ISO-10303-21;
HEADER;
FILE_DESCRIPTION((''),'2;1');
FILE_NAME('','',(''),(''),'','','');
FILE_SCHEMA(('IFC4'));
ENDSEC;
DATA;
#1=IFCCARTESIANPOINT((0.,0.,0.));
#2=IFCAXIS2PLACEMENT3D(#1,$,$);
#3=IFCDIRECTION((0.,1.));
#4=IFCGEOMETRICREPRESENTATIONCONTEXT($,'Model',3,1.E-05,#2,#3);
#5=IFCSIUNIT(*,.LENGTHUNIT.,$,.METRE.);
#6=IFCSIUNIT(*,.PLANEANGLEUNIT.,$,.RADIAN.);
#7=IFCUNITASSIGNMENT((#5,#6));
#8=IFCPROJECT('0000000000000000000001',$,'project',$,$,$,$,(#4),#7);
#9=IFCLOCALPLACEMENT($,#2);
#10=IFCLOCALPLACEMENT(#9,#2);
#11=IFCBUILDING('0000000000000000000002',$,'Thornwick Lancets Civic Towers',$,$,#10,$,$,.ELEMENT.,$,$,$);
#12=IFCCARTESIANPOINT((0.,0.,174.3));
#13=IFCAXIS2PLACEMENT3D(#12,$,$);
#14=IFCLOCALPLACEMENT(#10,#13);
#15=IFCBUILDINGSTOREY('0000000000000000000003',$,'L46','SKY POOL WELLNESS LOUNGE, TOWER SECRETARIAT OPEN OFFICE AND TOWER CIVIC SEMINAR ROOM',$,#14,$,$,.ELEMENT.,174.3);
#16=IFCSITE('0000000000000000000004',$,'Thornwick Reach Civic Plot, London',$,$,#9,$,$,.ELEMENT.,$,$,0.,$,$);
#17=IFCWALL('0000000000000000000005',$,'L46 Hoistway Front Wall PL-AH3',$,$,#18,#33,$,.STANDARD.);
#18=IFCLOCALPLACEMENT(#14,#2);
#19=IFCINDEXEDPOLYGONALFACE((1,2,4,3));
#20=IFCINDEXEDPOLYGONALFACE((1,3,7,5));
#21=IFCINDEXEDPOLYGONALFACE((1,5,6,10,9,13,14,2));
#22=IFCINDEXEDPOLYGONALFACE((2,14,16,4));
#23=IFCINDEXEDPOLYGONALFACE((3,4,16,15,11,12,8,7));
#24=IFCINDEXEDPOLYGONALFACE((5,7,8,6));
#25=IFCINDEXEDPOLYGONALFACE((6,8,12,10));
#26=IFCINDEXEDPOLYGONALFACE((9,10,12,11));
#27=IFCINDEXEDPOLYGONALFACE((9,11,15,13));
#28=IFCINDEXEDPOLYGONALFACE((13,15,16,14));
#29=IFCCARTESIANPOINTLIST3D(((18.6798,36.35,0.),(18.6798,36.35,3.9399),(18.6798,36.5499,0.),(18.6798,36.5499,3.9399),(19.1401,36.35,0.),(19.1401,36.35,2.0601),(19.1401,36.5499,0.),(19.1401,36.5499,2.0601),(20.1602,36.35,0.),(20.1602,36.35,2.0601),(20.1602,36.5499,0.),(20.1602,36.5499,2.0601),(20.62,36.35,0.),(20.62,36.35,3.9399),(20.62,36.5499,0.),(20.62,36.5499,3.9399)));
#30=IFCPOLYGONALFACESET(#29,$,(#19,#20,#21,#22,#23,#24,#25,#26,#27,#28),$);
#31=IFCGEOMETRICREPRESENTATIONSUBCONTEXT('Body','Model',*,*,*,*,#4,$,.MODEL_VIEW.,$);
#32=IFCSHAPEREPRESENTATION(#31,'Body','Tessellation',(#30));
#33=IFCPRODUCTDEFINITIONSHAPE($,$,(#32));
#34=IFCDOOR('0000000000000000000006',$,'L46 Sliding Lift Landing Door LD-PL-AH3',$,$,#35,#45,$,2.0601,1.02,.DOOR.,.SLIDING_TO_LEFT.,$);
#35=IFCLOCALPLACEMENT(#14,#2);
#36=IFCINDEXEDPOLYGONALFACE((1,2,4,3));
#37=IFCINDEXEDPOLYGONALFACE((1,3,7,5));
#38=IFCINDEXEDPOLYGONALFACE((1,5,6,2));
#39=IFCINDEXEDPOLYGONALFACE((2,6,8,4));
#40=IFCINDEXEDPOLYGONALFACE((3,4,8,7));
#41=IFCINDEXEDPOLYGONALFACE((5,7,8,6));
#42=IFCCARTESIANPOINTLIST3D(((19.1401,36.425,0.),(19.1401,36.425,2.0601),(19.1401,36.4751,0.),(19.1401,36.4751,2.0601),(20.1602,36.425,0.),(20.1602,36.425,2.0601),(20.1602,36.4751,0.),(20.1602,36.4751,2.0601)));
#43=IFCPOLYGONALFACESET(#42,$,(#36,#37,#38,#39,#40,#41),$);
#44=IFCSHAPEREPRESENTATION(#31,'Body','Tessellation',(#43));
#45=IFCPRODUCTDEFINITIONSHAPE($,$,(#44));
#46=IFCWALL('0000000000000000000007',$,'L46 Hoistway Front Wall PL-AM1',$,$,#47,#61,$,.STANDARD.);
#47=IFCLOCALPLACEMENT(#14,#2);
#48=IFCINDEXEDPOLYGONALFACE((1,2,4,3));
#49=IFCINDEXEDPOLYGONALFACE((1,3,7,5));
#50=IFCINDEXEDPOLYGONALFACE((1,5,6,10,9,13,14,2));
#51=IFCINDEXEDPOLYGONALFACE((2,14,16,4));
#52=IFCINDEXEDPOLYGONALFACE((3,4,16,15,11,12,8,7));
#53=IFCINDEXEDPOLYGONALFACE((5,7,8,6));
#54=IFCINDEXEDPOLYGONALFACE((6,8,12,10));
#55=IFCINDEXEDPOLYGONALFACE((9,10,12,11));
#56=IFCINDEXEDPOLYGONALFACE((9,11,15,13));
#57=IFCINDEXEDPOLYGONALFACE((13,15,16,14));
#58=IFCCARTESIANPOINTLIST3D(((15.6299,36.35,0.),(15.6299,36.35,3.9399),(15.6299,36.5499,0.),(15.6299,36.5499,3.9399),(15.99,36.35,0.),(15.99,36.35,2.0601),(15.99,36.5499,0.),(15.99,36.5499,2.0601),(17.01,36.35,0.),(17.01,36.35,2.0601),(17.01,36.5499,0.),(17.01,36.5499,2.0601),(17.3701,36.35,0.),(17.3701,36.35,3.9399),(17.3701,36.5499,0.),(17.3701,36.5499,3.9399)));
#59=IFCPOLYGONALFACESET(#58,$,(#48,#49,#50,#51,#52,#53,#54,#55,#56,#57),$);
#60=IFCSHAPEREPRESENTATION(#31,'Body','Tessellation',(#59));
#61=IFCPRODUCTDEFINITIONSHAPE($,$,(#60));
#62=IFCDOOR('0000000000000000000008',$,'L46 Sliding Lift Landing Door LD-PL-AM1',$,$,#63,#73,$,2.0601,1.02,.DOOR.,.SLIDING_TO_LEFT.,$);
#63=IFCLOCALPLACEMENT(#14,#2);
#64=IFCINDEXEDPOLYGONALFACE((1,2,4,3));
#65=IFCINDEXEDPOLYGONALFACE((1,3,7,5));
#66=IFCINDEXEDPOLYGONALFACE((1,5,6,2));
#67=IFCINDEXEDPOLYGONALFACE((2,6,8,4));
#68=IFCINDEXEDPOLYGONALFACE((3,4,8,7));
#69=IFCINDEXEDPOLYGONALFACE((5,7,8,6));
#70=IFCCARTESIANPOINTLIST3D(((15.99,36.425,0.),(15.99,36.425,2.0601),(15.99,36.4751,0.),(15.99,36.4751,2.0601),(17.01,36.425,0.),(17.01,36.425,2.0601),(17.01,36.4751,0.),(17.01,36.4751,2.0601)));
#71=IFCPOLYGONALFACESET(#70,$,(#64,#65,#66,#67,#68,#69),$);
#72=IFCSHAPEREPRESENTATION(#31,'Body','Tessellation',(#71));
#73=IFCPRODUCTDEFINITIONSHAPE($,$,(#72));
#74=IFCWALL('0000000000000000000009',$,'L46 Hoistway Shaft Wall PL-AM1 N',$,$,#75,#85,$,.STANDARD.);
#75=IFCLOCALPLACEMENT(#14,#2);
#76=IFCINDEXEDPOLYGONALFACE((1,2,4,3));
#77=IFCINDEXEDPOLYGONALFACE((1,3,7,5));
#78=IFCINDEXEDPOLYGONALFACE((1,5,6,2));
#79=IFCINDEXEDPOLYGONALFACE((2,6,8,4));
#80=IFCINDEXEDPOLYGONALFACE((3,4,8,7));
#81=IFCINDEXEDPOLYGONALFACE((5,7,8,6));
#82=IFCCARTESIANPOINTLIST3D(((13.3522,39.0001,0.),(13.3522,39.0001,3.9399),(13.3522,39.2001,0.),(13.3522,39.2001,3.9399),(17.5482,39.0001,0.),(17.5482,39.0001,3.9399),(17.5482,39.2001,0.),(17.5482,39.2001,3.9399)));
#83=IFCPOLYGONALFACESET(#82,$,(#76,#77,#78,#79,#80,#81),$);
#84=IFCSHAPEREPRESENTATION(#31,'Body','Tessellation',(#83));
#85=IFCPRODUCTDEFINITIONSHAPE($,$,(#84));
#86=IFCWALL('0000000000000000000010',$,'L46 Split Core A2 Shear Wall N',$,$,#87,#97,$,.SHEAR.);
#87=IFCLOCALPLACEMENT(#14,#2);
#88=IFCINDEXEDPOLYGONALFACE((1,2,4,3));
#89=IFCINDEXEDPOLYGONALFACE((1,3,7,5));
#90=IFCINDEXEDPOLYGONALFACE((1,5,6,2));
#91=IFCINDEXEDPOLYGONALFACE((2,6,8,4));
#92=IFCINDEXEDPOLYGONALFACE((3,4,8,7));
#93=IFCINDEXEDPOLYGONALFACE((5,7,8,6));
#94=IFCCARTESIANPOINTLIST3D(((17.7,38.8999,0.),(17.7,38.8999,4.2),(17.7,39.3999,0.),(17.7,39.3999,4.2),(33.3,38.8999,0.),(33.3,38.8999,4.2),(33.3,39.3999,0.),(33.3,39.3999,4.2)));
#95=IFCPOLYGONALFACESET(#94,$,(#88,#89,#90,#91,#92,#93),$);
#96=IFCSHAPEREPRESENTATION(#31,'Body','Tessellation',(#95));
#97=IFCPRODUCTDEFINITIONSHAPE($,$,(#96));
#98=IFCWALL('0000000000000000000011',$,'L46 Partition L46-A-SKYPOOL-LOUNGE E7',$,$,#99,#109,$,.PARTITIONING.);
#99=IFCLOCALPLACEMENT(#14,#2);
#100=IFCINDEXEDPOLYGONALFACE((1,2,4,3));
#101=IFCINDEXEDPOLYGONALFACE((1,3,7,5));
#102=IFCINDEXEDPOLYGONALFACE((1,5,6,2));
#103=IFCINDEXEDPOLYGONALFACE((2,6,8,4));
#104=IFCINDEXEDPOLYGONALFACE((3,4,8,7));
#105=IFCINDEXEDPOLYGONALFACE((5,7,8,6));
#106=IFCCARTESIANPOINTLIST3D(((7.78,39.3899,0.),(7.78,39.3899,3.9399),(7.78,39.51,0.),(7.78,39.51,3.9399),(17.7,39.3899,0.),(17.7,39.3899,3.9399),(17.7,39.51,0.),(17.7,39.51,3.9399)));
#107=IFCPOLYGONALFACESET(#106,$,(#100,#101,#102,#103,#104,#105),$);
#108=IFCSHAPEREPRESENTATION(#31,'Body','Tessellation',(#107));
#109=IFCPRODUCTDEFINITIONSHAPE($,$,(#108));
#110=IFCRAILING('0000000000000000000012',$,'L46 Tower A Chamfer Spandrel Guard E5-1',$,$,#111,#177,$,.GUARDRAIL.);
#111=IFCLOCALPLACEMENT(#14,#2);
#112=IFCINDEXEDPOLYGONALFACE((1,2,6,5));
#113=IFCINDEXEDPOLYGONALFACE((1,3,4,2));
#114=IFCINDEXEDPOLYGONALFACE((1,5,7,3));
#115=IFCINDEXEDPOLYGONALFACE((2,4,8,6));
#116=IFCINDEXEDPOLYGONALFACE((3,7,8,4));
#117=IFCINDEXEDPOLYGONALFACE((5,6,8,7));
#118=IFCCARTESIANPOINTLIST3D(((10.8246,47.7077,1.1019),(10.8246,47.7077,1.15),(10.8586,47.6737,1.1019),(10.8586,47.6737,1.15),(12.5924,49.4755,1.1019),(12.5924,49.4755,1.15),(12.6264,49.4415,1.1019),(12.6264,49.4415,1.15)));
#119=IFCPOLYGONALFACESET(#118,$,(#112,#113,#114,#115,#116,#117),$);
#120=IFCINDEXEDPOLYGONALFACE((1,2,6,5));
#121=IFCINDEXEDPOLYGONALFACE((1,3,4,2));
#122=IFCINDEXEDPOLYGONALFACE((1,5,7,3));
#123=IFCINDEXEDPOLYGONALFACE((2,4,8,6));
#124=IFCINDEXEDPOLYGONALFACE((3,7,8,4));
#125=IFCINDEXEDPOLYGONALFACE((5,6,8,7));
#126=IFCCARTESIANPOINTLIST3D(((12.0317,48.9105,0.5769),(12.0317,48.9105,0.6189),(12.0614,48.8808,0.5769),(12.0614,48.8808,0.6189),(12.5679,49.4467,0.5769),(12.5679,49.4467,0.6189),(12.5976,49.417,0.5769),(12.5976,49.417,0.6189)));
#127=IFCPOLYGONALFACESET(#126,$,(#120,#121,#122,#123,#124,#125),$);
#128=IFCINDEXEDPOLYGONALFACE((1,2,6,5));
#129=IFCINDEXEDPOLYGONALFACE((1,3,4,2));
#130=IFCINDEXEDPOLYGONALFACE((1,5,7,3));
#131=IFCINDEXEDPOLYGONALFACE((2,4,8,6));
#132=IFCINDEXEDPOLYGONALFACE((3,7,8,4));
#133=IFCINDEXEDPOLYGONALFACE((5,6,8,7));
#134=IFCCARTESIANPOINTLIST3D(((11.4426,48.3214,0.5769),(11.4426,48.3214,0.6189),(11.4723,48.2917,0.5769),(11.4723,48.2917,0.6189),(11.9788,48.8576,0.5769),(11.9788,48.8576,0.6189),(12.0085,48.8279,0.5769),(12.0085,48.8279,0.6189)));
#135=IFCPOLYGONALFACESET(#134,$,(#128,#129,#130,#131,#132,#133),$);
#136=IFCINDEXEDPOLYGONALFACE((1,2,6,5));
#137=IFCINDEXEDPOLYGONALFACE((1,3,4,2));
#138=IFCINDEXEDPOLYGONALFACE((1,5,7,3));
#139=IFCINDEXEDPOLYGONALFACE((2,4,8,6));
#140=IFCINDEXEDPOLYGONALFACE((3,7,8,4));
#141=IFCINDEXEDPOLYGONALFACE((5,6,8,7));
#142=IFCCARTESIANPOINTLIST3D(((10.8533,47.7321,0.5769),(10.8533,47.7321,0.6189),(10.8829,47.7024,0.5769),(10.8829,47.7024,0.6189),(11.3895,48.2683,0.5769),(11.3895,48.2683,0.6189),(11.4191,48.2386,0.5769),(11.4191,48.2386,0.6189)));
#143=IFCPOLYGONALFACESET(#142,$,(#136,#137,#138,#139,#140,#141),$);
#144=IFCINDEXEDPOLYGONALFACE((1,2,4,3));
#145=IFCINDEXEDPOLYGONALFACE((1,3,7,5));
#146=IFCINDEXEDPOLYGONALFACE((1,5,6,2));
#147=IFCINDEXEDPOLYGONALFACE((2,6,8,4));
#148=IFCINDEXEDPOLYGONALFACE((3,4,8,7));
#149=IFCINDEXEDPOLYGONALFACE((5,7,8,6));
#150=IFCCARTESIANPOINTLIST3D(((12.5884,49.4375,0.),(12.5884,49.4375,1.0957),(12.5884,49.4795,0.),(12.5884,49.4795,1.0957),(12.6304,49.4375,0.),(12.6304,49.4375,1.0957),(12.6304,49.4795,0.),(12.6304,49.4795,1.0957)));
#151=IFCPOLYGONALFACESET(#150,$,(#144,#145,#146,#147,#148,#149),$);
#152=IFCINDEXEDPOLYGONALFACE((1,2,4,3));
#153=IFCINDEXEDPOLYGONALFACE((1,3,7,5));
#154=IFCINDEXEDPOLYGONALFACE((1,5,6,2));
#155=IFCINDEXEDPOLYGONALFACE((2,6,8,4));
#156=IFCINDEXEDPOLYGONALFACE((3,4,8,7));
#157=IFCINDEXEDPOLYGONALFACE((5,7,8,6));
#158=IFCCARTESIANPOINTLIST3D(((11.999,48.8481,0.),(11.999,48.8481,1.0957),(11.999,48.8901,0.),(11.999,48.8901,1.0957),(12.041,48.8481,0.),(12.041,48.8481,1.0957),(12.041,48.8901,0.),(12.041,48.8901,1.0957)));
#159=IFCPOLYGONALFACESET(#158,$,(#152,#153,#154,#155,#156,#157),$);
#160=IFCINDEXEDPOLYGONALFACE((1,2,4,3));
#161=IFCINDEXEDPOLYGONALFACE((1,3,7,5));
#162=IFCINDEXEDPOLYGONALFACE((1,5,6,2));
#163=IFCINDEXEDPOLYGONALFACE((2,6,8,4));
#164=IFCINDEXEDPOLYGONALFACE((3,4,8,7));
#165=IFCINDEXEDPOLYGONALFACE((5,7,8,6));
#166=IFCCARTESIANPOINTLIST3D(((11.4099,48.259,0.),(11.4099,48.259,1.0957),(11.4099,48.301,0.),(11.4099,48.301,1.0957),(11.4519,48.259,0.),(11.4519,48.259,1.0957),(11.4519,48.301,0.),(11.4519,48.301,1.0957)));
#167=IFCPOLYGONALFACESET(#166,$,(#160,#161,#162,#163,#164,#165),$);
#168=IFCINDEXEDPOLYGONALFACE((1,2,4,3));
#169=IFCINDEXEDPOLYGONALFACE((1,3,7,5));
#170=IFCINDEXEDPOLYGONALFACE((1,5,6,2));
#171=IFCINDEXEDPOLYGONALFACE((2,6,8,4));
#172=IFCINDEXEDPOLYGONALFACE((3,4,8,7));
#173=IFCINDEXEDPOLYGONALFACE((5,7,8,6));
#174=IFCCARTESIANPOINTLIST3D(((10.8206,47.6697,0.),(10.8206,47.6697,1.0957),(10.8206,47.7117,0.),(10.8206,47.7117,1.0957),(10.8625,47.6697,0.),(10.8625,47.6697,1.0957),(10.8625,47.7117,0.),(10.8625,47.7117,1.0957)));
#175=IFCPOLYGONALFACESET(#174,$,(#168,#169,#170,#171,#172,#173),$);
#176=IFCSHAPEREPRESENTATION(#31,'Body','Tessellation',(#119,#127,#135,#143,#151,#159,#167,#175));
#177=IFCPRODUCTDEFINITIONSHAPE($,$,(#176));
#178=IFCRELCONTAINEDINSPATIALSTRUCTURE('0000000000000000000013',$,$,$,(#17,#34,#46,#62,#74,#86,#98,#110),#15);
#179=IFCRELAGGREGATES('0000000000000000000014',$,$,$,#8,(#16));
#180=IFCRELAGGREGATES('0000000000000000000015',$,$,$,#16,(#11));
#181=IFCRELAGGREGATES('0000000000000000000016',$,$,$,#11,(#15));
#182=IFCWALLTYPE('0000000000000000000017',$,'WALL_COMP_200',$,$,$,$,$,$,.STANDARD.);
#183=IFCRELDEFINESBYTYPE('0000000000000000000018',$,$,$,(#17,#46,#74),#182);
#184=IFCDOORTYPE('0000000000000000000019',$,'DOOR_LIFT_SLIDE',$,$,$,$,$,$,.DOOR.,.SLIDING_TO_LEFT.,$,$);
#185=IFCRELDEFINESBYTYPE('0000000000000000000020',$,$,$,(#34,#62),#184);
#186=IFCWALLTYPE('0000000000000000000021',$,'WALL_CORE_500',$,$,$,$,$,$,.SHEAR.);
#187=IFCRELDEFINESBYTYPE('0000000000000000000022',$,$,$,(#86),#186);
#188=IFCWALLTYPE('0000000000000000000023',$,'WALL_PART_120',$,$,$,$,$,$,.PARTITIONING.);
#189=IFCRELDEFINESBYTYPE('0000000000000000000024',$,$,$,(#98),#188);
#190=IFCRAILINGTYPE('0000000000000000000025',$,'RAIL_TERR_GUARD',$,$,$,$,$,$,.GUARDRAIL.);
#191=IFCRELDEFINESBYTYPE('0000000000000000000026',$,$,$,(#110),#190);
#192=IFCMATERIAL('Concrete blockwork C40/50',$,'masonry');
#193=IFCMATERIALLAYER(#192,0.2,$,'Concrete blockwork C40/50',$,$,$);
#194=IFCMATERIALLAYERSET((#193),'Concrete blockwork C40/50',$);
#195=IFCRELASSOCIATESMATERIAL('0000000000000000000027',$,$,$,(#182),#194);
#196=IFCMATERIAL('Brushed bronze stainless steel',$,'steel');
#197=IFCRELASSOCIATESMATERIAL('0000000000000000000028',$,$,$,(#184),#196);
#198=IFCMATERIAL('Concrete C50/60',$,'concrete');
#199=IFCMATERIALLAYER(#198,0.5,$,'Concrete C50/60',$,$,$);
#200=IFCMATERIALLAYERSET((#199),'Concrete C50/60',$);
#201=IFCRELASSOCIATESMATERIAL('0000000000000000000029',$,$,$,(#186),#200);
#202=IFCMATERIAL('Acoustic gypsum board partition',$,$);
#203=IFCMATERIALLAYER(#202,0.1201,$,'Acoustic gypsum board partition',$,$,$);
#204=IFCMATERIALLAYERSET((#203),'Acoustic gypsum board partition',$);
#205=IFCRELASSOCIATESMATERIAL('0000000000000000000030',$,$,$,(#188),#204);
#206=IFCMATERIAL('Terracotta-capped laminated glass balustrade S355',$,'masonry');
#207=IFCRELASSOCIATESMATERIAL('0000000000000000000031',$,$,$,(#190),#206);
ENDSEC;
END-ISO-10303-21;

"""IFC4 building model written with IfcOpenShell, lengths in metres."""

from ifc_helpers import new_model, si_unit, direction, frame, frame_2d, origin, origin_2d, place, context, subcontext, project, spatial, rectangle, extrude, material, layer, layer_set, type_object, element, fill, save


model = new_model("IFC4")

# Units and contexts
model_context = context("Model", 3, precision=1e-05, world=origin(), true_north=direction((0.0, 1.0)))
body_context = subcontext(model_context, "Body", "Model", "MODEL_VIEW")
ifc_project = project(units=[si_unit("LENGTHUNIT", "METRE"), si_unit("PLANEANGLEUNIT", "RADIAN")], contexts=[model_context])

# Site, building, storey
site_placement = place(None, origin())
site = spatial("IfcSite", under=ifc_project, at=site_placement, Name="Thornwick Reach Civic Plot, London", CompositionType="ELEMENT", RefElevation=0.0)
building_placement = place(site_placement, origin())
building = spatial("IfcBuilding", under=site, at=building_placement, Name="Thornwick Lancets Civic Towers", CompositionType="ELEMENT")
storey_placement = place(building_placement, frame((0.0, 0.0, 174.3)))
storey = spatial("IfcBuildingStorey", under=building, at=storey_placement, Name="L46", Description="SKY POOL WELLNESS LOUNGE, TOWER SECRETARIAT OPEN OFFICE AND TOWER CIVIC SEMINAR ROOM", CompositionType="ELEMENT", Elevation=174.3)

# Shared definitions
ifc_material_1 = material(Name="Concrete C50/60", Category="concrete")

# Walls, openings, doors
ifc_material_2 = material(Name="Concrete blockwork C40/50", Category="masonry")
ifc_layer_1 = layer(ifc_material_2, 0.2, Name="Concrete blockwork C40/50")
ifc_layer_set_1 = layer_set([ifc_layer_1], Name="Concrete blockwork C40/50")
wall_type_1 = type_object("IfcWallType", Name="WALL_COMP_200", PredefinedType="STANDARD", material=ifc_layer_set_1)
ifc_material_3 = material(Name="Brushed bronze stainless steel", Category="steel")
door_type = type_object("IfcDoorType", Name="DOOR_LIFT_SLIDE", OperationType="SLIDING_TO_LEFT", PredefinedType="DOOR", material=ifc_material_3)
wall_1_placement = place(storey_placement, frame((20.6201, 36.45, 0.0), z_axis=(0.0, 0.0, 1.0), x_axis=(-1.0, 0.0, 0.0)))
wall_1 = element("IfcWall", 1, at=wall_1_placement, inside=storey, type_object=wall_type_1, Name="L46 Hoistway Front Wall PL-AH3", PredefinedType="STANDARD", context=body_context, shape_type="SweptSolid", body=[
    extrude(rectangle(XDim=1.9402, YDim=0.2, at=frame_2d((0.9702, 0.0))), origin(), (0.0, 0.0, 1.0), 3.9399),
])
opening_1_placement = place(wall_1_placement, frame((0.46, 0.0, 0.0)))
opening_1 = element("IfcOpeningElement", 2, at=opening_1_placement, cuts=wall_1, PredefinedType="OPENING", context=body_context, shape_type="SweptSolid", body=[
    extrude(rectangle(XDim=1.02, YDim=2.0601, at=frame_2d((0.51, 1.03))), frame((0.0, 0.1099, 0.0), z_axis=(0.0, -1.0, 0.0), x_axis=(1.0, 0.0, 0.0)), (0.0, 0.0, 1.0), 0.22),
])
door_1_placement = place(opening_1_placement, origin())
door_1 = element("IfcDoor", 3, at=door_1_placement, inside=storey, type_object=door_type, Name="L46 Sliding Lift Landing Door LD-PL-AH3", OperationType="SLIDING_TO_LEFT", OverallHeight=2.0601, OverallWidth=1.02, PredefinedType="DOOR", context=body_context, shape_type="SweptSolid", body=[
    extrude(rectangle(XDim=1.02, YDim=2.0601, at=frame_2d((0.51, 1.03))), frame((0.0, 0.0249, 0.0), z_axis=(0.0, -1.0, 0.0), x_axis=(1.0, 0.0, 0.0)), (0.0, 0.0, 1.0), 0.05),
])
fill(opening_1, door_1)
wall_2_placement = place(storey_placement, frame((17.3701, 36.45, 0.0), z_axis=(0.0, 0.0, 1.0), x_axis=(-1.0, 0.0, 0.0)))
wall_2 = element("IfcWall", 4, at=wall_2_placement, inside=storey, type_object=wall_type_1, Name="L46 Hoistway Front Wall PL-AM1", PredefinedType="STANDARD", context=body_context, shape_type="SweptSolid", body=[
    extrude(rectangle(XDim=1.7402, YDim=0.2, at=frame_2d((0.8701, 0.0))), origin(), (0.0, 0.0, 1.0), 3.9399),
])
opening_2_placement = place(wall_2_placement, frame((0.3601, 0.0, 0.0)))
opening_2 = element("IfcOpeningElement", 5, at=opening_2_placement, cuts=wall_2, PredefinedType="OPENING", context=body_context, shape_type="SweptSolid", body=[
    extrude(rectangle(XDim=1.02, YDim=2.0601, at=frame_2d((0.51, 1.03))), frame((0.0, 0.1099, 0.0), z_axis=(0.0, -1.0, 0.0), x_axis=(1.0, 0.0, 0.0)), (0.0, 0.0, 1.0), 0.22),
])
door_2_placement = place(opening_2_placement, origin())
door_2 = element("IfcDoor", 6, at=door_2_placement, inside=storey, type_object=door_type, Name="L46 Sliding Lift Landing Door LD-PL-AM1", OperationType="SLIDING_TO_LEFT", OverallHeight=2.0601, OverallWidth=1.02, PredefinedType="DOOR", context=body_context, shape_type="SweptSolid", body=[
    extrude(rectangle(XDim=1.02, YDim=2.0601, at=frame_2d((0.51, 1.03))), frame((0.0, 0.0249, 0.0), z_axis=(0.0, -1.0, 0.0), x_axis=(1.0, 0.0, 0.0)), (0.0, 0.0, 1.0), 0.05),
])
fill(opening_2, door_2)

# Walls
wall_3_placement = place(storey_placement, frame((13.3521, 39.1001, 0.0), z_axis=(0.0, 0.0, 1.0), x_axis=(1.0, 0.0, 0.0)))
element("IfcWall", 7, at=wall_3_placement, inside=storey, type_object=wall_type_1, Name="L46 Hoistway Shaft Wall PL-AM1 N", PredefinedType="STANDARD", context=body_context, shape_type="SweptSolid", body=[
    extrude(rectangle(XDim=4.196, YDim=0.2, at=frame_2d((2.0981, 0.0))), origin(), (0.0, 0.0, 1.0), 3.9399),
])
ifc_layer_2 = layer(ifc_material_1, 0.5, Name="Concrete C50/60")
ifc_layer_set_2 = layer_set([ifc_layer_2], Name="Concrete C50/60")
wall_type_2 = type_object("IfcWallType", Name="WALL_CORE_500", PredefinedType="SHEAR", material=ifc_layer_set_2)
wall_4_placement = place(storey_placement, frame((17.7, 39.1499, 0.0), z_axis=(0.0, 0.0, 1.0), x_axis=(1.0, 0.0, 0.0)))
element("IfcWall", 8, at=wall_4_placement, inside=storey, type_object=wall_type_2, Name="L46 Split Core A2 Shear Wall N", PredefinedType="SHEAR", context=body_context, shape_type="SweptSolid", body=[
    extrude(rectangle(XDim=15.6001, YDim=0.5, at=frame_2d((7.8, 0.0))), origin(), (0.0, 0.0, 1.0), 4.2),
])
ifc_material_4 = material(Name="Acoustic gypsum board partition")
ifc_layer_3 = layer(ifc_material_4, 0.1201, Name="Acoustic gypsum board partition")
ifc_layer_set_3 = layer_set([ifc_layer_3], Name="Acoustic gypsum board partition")
wall_type_3 = type_object("IfcWallType", Name="WALL_PART_120", PredefinedType="PARTITIONING", material=ifc_layer_set_3)
wall_5_placement = place(storey_placement, frame((17.7, 39.45, 0.0), z_axis=(0.0, 0.0, 1.0), x_axis=(-1.0, 0.0, 0.0)))
element("IfcWall", 9, at=wall_5_placement, inside=storey, type_object=wall_type_3, Name="L46 Partition L46-A-SKYPOOL-LOUNGE E7", PredefinedType="PARTITIONING", context=body_context, shape_type="SweptSolid", body=[
    extrude(rectangle(XDim=9.9199, YDim=0.1201, at=frame_2d((4.96, 0.0))), origin(), (0.0, 0.0, 1.0), 3.9399),
])

# Railing
ifc_material_5 = material(Name="Terracotta-capped laminated glass balustrade S355", Category="masonry")
railing_type_1 = type_object("IfcRailingType", Name="RAIL_TERR_GUARD", PredefinedType="GUARDRAIL", material=ifc_material_5)
railing_1_placement = place(storey_placement, frame((12.6094, 49.4585, 0.0)))
element("IfcRailing", 10, at=railing_1_placement, inside=storey, type_object=railing_type_1, Name="L46 Tower A Chamfer Spandrel Guard E5-1", PredefinedType="GUARDRAIL", context=body_context, shape_type="SweptSolid", body=[
    extrude(rectangle(XDim=0.0481, YDim=0.0481, at=origin_2d()), frame((0.0, 0.0, 1.126), z_axis=(-0.707107, -0.707107, 0.0), x_axis=(0.707107, -0.707107, 0.0)), (0.0, 0.0, 1.0), 2.5),
    extrude(rectangle(XDim=0.042, YDim=0.042, at=origin_2d()), frame((-0.0266, -0.0266, 0.5979), z_axis=(-0.707107, -0.707107, 0.0), x_axis=(0.707107, -0.707107, 0.0)), (0.0, 0.0, 1.0), 0.7583),
    extrude(rectangle(XDim=0.042, YDim=0.042, at=origin_2d()), frame((-0.6157, -0.6157, 0.5979), z_axis=(-0.707107, -0.707107, 0.0), x_axis=(0.707107, -0.707107, 0.0)), (0.0, 0.0, 1.0), 0.7583),
    extrude(rectangle(XDim=0.042, YDim=0.042, at=origin_2d()), frame((-1.2051, -1.2051, 0.5979), z_axis=(-0.707107, -0.707107, 0.0), x_axis=(0.707107, -0.707107, 0.0)), (0.0, 0.0, 1.0), 0.7583),
    extrude(rectangle(XDim=0.042, YDim=0.042, at=origin_2d()), origin(), (0.0, 0.0, 1.0), 1.0957),
    extrude(rectangle(XDim=0.042, YDim=0.042, at=origin_2d()), frame((-0.5894, -0.5894, 0.0)), (0.0, 0.0, 1.0), 1.0957),
    extrude(rectangle(XDim=0.042, YDim=0.042, at=origin_2d()), frame((-1.1785, -1.1785, 0.0)), (0.0, 0.0, 1.0), 1.0957),
    extrude(rectangle(XDim=0.042, YDim=0.042, at=origin_2d()), frame((-1.7678, -1.7678, 0.0)), (0.0, 0.0, 1.0), 1.0957),
])

save(model, "model.ifc")
